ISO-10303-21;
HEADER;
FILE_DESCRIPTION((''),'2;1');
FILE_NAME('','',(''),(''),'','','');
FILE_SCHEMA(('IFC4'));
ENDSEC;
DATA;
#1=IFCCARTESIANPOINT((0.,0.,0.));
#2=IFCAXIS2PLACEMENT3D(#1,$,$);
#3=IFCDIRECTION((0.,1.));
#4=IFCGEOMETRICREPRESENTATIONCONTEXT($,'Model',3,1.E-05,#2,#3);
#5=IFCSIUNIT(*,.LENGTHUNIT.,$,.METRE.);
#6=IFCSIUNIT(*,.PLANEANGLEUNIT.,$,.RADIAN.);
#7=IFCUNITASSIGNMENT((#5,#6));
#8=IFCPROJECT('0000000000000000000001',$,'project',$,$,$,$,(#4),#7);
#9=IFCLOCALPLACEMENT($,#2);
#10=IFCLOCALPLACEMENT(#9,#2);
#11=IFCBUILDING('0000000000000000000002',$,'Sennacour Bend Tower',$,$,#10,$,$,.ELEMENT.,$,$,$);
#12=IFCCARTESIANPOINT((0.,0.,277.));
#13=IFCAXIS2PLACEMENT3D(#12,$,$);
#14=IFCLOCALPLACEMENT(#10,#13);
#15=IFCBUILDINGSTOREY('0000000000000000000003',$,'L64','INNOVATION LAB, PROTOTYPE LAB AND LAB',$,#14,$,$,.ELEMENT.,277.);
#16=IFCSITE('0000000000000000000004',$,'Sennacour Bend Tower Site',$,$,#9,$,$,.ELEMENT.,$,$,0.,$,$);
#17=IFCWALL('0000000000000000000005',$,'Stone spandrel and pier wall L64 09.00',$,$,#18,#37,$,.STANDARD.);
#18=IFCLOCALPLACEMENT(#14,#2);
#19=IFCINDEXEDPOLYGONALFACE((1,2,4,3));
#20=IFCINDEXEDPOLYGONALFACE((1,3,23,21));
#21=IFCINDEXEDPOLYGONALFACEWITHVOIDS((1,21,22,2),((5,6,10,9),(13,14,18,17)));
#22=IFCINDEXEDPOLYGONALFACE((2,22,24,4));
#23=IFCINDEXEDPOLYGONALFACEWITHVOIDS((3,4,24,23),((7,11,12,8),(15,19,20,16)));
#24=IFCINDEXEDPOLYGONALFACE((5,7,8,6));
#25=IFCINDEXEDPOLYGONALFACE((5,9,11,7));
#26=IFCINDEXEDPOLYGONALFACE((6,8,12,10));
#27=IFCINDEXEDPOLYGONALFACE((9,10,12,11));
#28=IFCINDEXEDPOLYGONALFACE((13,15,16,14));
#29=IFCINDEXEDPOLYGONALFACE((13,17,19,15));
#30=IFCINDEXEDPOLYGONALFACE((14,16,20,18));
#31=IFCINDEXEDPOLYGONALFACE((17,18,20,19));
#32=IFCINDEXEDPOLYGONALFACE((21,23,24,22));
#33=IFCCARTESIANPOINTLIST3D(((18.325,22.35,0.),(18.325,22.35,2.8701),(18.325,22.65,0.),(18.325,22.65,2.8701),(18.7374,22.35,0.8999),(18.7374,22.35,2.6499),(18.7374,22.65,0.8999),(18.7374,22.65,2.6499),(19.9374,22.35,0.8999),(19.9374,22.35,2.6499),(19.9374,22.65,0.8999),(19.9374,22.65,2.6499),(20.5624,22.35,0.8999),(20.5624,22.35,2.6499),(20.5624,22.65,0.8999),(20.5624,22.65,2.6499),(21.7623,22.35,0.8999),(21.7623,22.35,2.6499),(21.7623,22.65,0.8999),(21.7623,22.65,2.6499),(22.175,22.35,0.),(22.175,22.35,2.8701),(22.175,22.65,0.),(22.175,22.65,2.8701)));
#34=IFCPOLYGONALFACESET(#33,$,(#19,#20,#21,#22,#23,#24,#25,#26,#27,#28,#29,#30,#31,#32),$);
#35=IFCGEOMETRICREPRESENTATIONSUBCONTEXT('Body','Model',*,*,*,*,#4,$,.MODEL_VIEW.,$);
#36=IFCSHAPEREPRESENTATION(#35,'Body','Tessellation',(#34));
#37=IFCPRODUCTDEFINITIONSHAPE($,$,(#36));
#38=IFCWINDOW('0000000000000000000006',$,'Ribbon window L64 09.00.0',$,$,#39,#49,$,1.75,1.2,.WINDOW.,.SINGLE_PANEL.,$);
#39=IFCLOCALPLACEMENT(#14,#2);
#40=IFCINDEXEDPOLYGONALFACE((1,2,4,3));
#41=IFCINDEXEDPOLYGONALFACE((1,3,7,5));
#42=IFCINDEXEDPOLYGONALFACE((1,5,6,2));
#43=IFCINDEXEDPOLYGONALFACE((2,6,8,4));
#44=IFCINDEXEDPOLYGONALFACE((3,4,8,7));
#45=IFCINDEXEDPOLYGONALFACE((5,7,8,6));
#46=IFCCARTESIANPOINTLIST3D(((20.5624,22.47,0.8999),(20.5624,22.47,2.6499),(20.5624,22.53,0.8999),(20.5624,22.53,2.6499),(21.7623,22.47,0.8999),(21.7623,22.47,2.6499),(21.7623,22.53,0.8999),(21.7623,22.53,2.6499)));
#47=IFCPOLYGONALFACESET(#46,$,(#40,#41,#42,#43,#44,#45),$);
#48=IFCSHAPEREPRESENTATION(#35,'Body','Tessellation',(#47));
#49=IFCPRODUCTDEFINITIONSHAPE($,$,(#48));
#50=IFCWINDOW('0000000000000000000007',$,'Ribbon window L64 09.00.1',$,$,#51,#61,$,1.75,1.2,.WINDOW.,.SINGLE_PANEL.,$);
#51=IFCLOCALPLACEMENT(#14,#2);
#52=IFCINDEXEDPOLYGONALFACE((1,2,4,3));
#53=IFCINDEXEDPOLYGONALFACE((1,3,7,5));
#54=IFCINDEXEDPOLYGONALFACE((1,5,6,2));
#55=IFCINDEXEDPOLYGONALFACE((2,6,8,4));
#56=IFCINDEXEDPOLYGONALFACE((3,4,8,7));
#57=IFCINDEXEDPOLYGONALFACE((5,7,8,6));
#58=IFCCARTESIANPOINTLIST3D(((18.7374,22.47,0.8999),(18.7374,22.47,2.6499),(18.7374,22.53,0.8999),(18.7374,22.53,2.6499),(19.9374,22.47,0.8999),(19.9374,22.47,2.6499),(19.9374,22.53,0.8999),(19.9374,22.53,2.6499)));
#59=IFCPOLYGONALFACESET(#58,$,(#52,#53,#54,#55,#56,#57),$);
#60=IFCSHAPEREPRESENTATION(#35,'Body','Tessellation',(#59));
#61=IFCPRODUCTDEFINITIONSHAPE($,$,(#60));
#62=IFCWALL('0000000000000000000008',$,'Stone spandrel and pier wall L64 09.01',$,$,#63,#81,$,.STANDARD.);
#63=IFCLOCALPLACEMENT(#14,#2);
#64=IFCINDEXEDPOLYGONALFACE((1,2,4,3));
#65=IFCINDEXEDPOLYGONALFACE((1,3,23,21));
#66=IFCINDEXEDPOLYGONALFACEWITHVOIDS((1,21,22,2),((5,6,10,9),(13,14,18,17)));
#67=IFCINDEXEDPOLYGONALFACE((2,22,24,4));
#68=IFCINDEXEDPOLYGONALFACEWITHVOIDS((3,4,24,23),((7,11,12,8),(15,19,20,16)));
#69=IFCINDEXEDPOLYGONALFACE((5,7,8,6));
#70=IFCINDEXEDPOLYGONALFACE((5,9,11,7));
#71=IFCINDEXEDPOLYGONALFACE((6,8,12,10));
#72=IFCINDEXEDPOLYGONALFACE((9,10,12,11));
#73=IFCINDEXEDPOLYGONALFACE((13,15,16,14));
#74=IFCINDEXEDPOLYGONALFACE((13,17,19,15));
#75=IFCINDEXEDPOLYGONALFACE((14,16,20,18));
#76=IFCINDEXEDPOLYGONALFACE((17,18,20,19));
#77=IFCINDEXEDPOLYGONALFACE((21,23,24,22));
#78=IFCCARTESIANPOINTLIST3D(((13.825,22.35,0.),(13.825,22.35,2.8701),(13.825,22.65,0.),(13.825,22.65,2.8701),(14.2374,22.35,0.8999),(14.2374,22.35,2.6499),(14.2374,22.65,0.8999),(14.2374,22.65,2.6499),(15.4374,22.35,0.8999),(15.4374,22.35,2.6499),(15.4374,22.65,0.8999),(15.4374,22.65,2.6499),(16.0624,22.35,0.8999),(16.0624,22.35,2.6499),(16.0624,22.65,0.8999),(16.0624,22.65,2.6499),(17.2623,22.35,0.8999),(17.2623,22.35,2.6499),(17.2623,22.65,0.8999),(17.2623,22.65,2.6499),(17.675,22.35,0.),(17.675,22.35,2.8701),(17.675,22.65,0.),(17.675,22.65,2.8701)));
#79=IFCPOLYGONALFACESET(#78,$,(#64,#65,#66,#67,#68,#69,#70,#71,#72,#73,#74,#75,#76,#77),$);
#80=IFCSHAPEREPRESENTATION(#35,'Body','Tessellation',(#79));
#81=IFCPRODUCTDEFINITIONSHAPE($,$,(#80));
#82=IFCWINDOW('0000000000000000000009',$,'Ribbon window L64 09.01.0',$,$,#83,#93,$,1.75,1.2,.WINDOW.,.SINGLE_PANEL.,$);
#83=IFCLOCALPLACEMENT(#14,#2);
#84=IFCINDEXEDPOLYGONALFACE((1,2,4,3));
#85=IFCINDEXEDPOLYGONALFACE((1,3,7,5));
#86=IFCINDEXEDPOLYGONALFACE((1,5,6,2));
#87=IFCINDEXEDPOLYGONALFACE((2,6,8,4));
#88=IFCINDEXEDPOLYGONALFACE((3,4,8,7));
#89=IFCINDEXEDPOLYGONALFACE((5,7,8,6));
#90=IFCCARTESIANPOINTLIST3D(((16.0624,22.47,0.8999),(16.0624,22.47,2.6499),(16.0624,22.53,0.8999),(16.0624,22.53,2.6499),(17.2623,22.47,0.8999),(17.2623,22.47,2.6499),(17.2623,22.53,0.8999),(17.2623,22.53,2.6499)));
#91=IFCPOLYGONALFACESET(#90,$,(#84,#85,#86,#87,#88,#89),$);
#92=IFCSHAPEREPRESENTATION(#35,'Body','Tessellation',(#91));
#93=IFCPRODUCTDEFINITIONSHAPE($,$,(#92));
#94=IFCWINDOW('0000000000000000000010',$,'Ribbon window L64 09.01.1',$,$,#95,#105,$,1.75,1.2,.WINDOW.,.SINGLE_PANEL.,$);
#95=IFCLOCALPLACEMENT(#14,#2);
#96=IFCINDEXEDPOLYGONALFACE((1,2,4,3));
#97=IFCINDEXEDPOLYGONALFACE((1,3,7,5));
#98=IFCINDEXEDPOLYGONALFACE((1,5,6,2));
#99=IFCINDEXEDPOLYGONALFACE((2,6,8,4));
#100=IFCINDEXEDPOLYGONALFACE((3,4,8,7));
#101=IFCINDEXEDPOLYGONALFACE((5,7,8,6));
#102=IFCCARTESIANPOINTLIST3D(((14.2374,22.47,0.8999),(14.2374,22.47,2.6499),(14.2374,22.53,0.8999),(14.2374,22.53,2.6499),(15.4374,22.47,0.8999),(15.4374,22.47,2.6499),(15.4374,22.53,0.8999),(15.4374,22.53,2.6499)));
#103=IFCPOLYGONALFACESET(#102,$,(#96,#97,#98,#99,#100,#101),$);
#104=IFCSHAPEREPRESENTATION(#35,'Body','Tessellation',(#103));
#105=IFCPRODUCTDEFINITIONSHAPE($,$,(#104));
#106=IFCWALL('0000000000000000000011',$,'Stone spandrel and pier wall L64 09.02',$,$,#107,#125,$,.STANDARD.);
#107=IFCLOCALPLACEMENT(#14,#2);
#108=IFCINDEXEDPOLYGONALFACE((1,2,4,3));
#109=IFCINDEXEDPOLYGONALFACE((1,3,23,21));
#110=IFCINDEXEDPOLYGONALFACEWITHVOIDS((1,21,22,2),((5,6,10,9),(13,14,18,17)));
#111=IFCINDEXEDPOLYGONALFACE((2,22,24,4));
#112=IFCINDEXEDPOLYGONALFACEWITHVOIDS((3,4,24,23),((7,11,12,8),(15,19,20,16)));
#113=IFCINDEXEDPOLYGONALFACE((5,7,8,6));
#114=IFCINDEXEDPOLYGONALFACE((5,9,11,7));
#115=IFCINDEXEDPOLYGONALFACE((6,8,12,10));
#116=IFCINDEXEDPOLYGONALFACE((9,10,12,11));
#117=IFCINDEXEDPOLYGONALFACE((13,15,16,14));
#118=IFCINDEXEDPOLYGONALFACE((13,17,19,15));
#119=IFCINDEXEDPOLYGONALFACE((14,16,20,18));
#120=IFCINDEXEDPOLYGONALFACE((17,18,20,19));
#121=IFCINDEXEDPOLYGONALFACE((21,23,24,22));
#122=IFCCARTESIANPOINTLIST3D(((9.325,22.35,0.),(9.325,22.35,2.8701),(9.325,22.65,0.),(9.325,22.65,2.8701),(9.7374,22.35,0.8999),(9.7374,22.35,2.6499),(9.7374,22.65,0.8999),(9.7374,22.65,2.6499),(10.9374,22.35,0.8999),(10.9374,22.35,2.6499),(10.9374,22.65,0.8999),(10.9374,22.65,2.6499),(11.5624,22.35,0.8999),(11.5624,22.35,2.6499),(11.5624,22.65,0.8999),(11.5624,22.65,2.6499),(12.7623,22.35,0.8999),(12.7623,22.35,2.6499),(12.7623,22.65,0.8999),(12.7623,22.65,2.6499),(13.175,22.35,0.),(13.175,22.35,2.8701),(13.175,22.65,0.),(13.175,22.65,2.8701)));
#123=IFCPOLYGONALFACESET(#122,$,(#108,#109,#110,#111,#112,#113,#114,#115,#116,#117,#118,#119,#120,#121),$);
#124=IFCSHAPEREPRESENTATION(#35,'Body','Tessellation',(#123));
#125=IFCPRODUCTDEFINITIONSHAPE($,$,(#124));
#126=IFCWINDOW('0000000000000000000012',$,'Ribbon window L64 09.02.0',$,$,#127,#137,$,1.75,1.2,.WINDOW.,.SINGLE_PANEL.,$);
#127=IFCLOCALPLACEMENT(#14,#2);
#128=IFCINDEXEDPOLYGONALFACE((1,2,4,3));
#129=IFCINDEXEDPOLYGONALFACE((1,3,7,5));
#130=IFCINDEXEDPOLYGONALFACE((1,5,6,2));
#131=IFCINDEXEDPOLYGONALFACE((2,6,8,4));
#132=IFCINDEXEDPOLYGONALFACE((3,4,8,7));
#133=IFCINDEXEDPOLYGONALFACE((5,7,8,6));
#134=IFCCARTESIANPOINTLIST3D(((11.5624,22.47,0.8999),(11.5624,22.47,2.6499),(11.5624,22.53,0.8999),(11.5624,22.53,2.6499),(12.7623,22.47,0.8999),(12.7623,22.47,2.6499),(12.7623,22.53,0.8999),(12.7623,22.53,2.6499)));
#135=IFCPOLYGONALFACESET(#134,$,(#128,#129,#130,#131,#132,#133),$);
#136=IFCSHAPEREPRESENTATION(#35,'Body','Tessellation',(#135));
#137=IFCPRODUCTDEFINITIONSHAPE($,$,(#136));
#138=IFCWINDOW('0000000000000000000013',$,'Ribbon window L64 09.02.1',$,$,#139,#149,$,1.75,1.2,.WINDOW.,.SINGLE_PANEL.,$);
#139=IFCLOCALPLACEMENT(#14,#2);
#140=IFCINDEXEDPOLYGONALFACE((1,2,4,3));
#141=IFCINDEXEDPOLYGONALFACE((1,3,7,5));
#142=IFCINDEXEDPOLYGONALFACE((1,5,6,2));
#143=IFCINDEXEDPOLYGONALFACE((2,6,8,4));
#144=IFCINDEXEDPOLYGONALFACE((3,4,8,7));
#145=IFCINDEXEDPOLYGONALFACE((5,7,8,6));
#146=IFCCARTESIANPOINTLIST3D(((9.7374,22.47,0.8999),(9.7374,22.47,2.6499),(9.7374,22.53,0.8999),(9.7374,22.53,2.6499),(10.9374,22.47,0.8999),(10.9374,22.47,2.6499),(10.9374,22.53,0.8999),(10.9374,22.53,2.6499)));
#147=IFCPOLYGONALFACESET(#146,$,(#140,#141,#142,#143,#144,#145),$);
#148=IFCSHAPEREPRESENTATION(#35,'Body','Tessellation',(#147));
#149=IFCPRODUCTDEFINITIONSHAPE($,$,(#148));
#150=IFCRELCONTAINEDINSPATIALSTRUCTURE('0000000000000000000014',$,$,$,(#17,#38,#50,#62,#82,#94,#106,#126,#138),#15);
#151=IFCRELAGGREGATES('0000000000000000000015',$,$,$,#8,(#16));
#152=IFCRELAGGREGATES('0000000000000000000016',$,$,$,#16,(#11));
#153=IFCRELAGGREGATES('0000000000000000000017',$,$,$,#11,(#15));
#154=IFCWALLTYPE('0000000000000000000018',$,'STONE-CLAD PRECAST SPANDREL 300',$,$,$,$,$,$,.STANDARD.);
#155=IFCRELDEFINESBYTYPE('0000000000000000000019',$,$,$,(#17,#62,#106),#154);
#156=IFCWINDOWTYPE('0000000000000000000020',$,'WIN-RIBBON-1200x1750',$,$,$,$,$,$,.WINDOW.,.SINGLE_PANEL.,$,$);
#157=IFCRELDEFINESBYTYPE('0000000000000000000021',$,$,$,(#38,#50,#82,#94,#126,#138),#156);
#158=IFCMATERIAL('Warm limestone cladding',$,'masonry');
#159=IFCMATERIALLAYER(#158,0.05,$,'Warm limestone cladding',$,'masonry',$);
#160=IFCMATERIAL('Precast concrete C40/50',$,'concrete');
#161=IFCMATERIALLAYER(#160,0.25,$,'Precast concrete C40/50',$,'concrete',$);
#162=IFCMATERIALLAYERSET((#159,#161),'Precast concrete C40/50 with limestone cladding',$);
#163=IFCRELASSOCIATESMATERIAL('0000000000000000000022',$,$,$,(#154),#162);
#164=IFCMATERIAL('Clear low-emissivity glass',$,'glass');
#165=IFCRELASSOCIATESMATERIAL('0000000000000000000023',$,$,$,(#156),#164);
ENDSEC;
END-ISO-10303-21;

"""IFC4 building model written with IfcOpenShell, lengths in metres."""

from ifc_helpers import new_model, si_unit, direction, frame, frame_2d, origin, place, context, subcontext, project, spatial, rectangle, extrude, material, layer, layer_set, type_object, element, fill, save


model = new_model("IFC4")

# Units and contexts
model_context = context("Model", 3, precision=1e-05, world=origin(), true_north=direction((0.0, 1.0)))
body_context = subcontext(model_context, "Body", "Model", "MODEL_VIEW")
ifc_project = project(units=[si_unit("LENGTHUNIT", "METRE"), si_unit("PLANEANGLEUNIT", "RADIAN")], contexts=[model_context])

# Site, building, storey
site_placement = place(None, origin())
site = spatial("IfcSite", under=ifc_project, at=site_placement, Name="Sennacour Bend Tower Site", CompositionType="ELEMENT", RefElevation=0.0)
building_placement = place(site_placement, origin())
building = spatial("IfcBuilding", under=site, at=building_placement, Name="Sennacour Bend Tower", CompositionType="ELEMENT")
storey_placement = place(building_placement, frame((0.0, 0.0, 277.0)))
storey = spatial("IfcBuildingStorey", under=building, at=storey_placement, Name="L64", Description="INNOVATION LAB, PROTOTYPE LAB AND LAB", CompositionType="ELEMENT", Elevation=277.0)

# Walls, openings, windows
ifc_material_1 = material(Name="Warm limestone cladding", Category="masonry")
ifc_layer_1 = layer(ifc_material_1, 0.05, Name="Warm limestone cladding", Category="masonry")
ifc_material_2 = material(Name="Precast concrete C40/50", Category="concrete")
ifc_layer_2 = layer(ifc_material_2, 0.25, Name="Precast concrete C40/50", Category="concrete")
ifc_layer_set_1 = layer_set([ifc_layer_1, ifc_layer_2], Name="Precast concrete C40/50 with limestone cladding")
wall_type_1 = type_object("IfcWallType", Name="STONE-CLAD PRECAST SPANDREL 300", PredefinedType="STANDARD", material=ifc_layer_set_1)
wall_1_placement = place(storey_placement, frame((22.175, 22.5, 0.0), z_axis=(0.0, 0.0, 1.0), x_axis=(-1.0, 0.0, 0.0)))
wall_1 = element("IfcWall", 1, at=wall_1_placement, inside=storey, type_object=wall_type_1, Name="Stone spandrel and pier wall L64 09.00", PredefinedType="STANDARD", context=body_context, shape_type="SweptSolid", body=[
    extrude(rectangle(XDim=3.8501, YDim=0.3, at=frame_2d((1.925, 0.0))), origin(), (0.0, 0.0, 1.0), 2.8701),
])
opening_1_placement = place(wall_1_placement, frame((0.4126, 0.0, 0.8999)))
opening_1 = element("IfcOpeningElement", 2, at=opening_1_placement, cuts=wall_1, PredefinedType="OPENING", context=body_context, shape_type="SweptSolid", body=[
    extrude(rectangle(XDim=1.2, YDim=1.75, at=frame_2d((0.6001, 0.875))), frame((0.0, 0.1602, 0.0), z_axis=(0.0, -1.0, 0.0), x_axis=(1.0, 0.0, 0.0)), (0.0, 0.0, 1.0), 0.3201),
])
opening_2_placement = place(wall_1_placement, frame((2.2375, 0.0, 0.8999)))
opening_2 = element("IfcOpeningElement", 3, at=opening_2_placement, cuts=wall_1, PredefinedType="OPENING", context=body_context, shape_type="SweptSolid", body=[
    extrude(rectangle(XDim=1.2, YDim=1.75, at=frame_2d((0.6001, 0.875))), frame((0.0, 0.1602, 0.0), z_axis=(0.0, -1.0, 0.0), x_axis=(1.0, 0.0, 0.0)), (0.0, 0.0, 1.0), 0.3201),
])
ifc_material_3 = material(Name="Clear low-emissivity glass", Category="glass")
window_type = type_object("IfcWindowType", Name="WIN-RIBBON-1200x1750", PartitioningType="SINGLE_PANEL", PredefinedType="WINDOW", material=ifc_material_3)
window_1_placement = place(opening_1_placement, origin())
window_1 = element("IfcWindow", 4, at=window_1_placement, inside=storey, type_object=window_type, Name="Ribbon window L64 09.00.0", OverallHeight=1.75, OverallWidth=1.2, PartitioningType="SINGLE_PANEL", PredefinedType="WINDOW", context=body_context, shape_type="SweptSolid", body=[
    extrude(rectangle(XDim=1.2, YDim=1.75, at=frame_2d((0.6001, 0.875))), frame((0.0, 0.03, 0.0), z_axis=(0.0, -1.0, 0.0), x_axis=(1.0, 0.0, 0.0)), (0.0, 0.0, 1.0), 0.0601),
])
fill(opening_1, window_1)
window_2_placement = place(opening_2_placement, origin())
window_2 = element("IfcWindow", 5, at=window_2_placement, inside=storey, type_object=window_type, Name="Ribbon window L64 09.00.1", OverallHeight=1.75, OverallWidth=1.2, PartitioningType="SINGLE_PANEL", PredefinedType="WINDOW", context=body_context, shape_type="SweptSolid", body=[
    extrude(rectangle(XDim=1.2, YDim=1.75, at=frame_2d((0.6001, 0.875))), frame((0.0, 0.03, 0.0), z_axis=(0.0, -1.0, 0.0), x_axis=(1.0, 0.0, 0.0)), (0.0, 0.0, 1.0), 0.0601),
])
fill(opening_2, window_2)
wall_2_placement = place(storey_placement, frame((17.675, 22.5, 0.0), z_axis=(0.0, 0.0, 1.0), x_axis=(-1.0, 0.0, 0.0)))
wall_2 = element("IfcWall", 6, at=wall_2_placement, inside=storey, type_object=wall_type_1, Name="Stone spandrel and pier wall L64 09.01", PredefinedType="STANDARD", context=body_context, shape_type="SweptSolid", body=[
    extrude(rectangle(XDim=3.8501, YDim=0.3, at=frame_2d((1.925, 0.0))), origin(), (0.0, 0.0, 1.0), 2.8701),
])
opening_3_placement = place(wall_2_placement, frame((0.4126, 0.0, 0.8999)))
opening_3 = element("IfcOpeningElement", 7, at=opening_3_placement, cuts=wall_2, PredefinedType="OPENING", context=body_context, shape_type="SweptSolid", body=[
    extrude(rectangle(XDim=1.2, YDim=1.75, at=frame_2d((0.6001, 0.875))), frame((0.0, 0.1602, 0.0), z_axis=(0.0, -1.0, 0.0), x_axis=(1.0, 0.0, 0.0)), (0.0, 0.0, 1.0), 0.3201),
])
opening_4_placement = place(wall_2_placement, frame((2.2375, 0.0, 0.8999)))
opening_4 = element("IfcOpeningElement", 8, at=opening_4_placement, cuts=wall_2, PredefinedType="OPENING", context=body_context, shape_type="SweptSolid", body=[
    extrude(rectangle(XDim=1.2, YDim=1.75, at=frame_2d((0.6001, 0.875))), frame((0.0, 0.1602, 0.0), z_axis=(0.0, -1.0, 0.0), x_axis=(1.0, 0.0, 0.0)), (0.0, 0.0, 1.0), 0.3201),
])
window_3_placement = place(opening_3_placement, origin())
window_3 = element("IfcWindow", 9, at=window_3_placement, inside=storey, type_object=window_type, Name="Ribbon window L64 09.01.0", OverallHeight=1.75, OverallWidth=1.2, PartitioningType="SINGLE_PANEL", PredefinedType="WINDOW", context=body_context, shape_type="SweptSolid", body=[
    extrude(rectangle(XDim=1.2, YDim=1.75, at=frame_2d((0.6001, 0.875))), frame((0.0, 0.03, 0.0), z_axis=(0.0, -1.0, 0.0), x_axis=(1.0, 0.0, 0.0)), (0.0, 0.0, 1.0), 0.0601),
])
fill(opening_3, window_3)
window_4_placement = place(opening_4_placement, origin())
window_4 = element("IfcWindow", 10, at=window_4_placement, inside=storey, type_object=window_type, Name="Ribbon window L64 09.01.1", OverallHeight=1.75, OverallWidth=1.2, PartitioningType="SINGLE_PANEL", PredefinedType="WINDOW", context=body_context, shape_type="SweptSolid", body=[
    extrude(rectangle(XDim=1.2, YDim=1.75, at=frame_2d((0.6001, 0.875))), frame((0.0, 0.03, 0.0), z_axis=(0.0, -1.0, 0.0), x_axis=(1.0, 0.0, 0.0)), (0.0, 0.0, 1.0), 0.0601),
])
fill(opening_4, window_4)
wall_3_placement = place(storey_placement, frame((13.175, 22.5, 0.0), z_axis=(0.0, 0.0, 1.0), x_axis=(-1.0, 0.0, 0.0)))
wall_3 = element("IfcWall", 11, at=wall_3_placement, inside=storey, type_object=wall_type_1, Name="Stone spandrel and pier wall L64 09.02", PredefinedType="STANDARD", context=body_context, shape_type="SweptSolid", body=[
    extrude(rectangle(XDim=3.8501, YDim=0.3, at=frame_2d((1.925, 0.0))), origin(), (0.0, 0.0, 1.0), 2.8701),
])
opening_5_placement = place(wall_3_placement, frame((0.4126, 0.0, 0.8999)))
opening_5 = element("IfcOpeningElement", 12, at=opening_5_placement, cuts=wall_3, PredefinedType="OPENING", context=body_context, shape_type="SweptSolid", body=[
    extrude(rectangle(XDim=1.2, YDim=1.75, at=frame_2d((0.6001, 0.875))), frame((0.0, 0.1602, 0.0), z_axis=(0.0, -1.0, 0.0), x_axis=(1.0, 0.0, 0.0)), (0.0, 0.0, 1.0), 0.3201),
])
opening_6_placement = place(wall_3_placement, frame((2.2375, 0.0, 0.8999)))
opening_6 = element("IfcOpeningElement", 13, at=opening_6_placement, cuts=wall_3, PredefinedType="OPENING", context=body_context, shape_type="SweptSolid", body=[
    extrude(rectangle(XDim=1.2, YDim=1.75, at=frame_2d((0.6001, 0.875))), frame((0.0, 0.1602, 0.0), z_axis=(0.0, -1.0, 0.0), x_axis=(1.0, 0.0, 0.0)), (0.0, 0.0, 1.0), 0.3201),
])
window_5_placement = place(opening_5_placement, origin())
window_5 = element("IfcWindow", 14, at=window_5_placement, inside=storey, type_object=window_type, Name="Ribbon window L64 09.02.0", OverallHeight=1.75, OverallWidth=1.2, PartitioningType="SINGLE_PANEL", PredefinedType="WINDOW", context=body_context, shape_type="SweptSolid", body=[
    extrude(rectangle(XDim=1.2, YDim=1.75, at=frame_2d((0.6001, 0.875))), frame((0.0, 0.03, 0.0), z_axis=(0.0, -1.0, 0.0), x_axis=(1.0, 0.0, 0.0)), (0.0, 0.0, 1.0), 0.0601),
])
fill(opening_5, window_5)
window_6_placement = place(opening_6_placement, origin())
window_6 = element("IfcWindow", 15, at=window_6_placement, inside=storey, type_object=window_type, Name="Ribbon window L64 09.02.1", OverallHeight=1.75, OverallWidth=1.2, PartitioningType="SINGLE_PANEL", PredefinedType="WINDOW", context=body_context, shape_type="SweptSolid", body=[
    extrude(rectangle(XDim=1.2, YDim=1.75, at=frame_2d((0.6001, 0.875))), frame((0.0, 0.03, 0.0), z_axis=(0.0, -1.0, 0.0), x_axis=(1.0, 0.0, 0.0)), (0.0, 0.0, 1.0), 0.0601),
])
fill(opening_6, window_6)

save(model, "model.ifc")
